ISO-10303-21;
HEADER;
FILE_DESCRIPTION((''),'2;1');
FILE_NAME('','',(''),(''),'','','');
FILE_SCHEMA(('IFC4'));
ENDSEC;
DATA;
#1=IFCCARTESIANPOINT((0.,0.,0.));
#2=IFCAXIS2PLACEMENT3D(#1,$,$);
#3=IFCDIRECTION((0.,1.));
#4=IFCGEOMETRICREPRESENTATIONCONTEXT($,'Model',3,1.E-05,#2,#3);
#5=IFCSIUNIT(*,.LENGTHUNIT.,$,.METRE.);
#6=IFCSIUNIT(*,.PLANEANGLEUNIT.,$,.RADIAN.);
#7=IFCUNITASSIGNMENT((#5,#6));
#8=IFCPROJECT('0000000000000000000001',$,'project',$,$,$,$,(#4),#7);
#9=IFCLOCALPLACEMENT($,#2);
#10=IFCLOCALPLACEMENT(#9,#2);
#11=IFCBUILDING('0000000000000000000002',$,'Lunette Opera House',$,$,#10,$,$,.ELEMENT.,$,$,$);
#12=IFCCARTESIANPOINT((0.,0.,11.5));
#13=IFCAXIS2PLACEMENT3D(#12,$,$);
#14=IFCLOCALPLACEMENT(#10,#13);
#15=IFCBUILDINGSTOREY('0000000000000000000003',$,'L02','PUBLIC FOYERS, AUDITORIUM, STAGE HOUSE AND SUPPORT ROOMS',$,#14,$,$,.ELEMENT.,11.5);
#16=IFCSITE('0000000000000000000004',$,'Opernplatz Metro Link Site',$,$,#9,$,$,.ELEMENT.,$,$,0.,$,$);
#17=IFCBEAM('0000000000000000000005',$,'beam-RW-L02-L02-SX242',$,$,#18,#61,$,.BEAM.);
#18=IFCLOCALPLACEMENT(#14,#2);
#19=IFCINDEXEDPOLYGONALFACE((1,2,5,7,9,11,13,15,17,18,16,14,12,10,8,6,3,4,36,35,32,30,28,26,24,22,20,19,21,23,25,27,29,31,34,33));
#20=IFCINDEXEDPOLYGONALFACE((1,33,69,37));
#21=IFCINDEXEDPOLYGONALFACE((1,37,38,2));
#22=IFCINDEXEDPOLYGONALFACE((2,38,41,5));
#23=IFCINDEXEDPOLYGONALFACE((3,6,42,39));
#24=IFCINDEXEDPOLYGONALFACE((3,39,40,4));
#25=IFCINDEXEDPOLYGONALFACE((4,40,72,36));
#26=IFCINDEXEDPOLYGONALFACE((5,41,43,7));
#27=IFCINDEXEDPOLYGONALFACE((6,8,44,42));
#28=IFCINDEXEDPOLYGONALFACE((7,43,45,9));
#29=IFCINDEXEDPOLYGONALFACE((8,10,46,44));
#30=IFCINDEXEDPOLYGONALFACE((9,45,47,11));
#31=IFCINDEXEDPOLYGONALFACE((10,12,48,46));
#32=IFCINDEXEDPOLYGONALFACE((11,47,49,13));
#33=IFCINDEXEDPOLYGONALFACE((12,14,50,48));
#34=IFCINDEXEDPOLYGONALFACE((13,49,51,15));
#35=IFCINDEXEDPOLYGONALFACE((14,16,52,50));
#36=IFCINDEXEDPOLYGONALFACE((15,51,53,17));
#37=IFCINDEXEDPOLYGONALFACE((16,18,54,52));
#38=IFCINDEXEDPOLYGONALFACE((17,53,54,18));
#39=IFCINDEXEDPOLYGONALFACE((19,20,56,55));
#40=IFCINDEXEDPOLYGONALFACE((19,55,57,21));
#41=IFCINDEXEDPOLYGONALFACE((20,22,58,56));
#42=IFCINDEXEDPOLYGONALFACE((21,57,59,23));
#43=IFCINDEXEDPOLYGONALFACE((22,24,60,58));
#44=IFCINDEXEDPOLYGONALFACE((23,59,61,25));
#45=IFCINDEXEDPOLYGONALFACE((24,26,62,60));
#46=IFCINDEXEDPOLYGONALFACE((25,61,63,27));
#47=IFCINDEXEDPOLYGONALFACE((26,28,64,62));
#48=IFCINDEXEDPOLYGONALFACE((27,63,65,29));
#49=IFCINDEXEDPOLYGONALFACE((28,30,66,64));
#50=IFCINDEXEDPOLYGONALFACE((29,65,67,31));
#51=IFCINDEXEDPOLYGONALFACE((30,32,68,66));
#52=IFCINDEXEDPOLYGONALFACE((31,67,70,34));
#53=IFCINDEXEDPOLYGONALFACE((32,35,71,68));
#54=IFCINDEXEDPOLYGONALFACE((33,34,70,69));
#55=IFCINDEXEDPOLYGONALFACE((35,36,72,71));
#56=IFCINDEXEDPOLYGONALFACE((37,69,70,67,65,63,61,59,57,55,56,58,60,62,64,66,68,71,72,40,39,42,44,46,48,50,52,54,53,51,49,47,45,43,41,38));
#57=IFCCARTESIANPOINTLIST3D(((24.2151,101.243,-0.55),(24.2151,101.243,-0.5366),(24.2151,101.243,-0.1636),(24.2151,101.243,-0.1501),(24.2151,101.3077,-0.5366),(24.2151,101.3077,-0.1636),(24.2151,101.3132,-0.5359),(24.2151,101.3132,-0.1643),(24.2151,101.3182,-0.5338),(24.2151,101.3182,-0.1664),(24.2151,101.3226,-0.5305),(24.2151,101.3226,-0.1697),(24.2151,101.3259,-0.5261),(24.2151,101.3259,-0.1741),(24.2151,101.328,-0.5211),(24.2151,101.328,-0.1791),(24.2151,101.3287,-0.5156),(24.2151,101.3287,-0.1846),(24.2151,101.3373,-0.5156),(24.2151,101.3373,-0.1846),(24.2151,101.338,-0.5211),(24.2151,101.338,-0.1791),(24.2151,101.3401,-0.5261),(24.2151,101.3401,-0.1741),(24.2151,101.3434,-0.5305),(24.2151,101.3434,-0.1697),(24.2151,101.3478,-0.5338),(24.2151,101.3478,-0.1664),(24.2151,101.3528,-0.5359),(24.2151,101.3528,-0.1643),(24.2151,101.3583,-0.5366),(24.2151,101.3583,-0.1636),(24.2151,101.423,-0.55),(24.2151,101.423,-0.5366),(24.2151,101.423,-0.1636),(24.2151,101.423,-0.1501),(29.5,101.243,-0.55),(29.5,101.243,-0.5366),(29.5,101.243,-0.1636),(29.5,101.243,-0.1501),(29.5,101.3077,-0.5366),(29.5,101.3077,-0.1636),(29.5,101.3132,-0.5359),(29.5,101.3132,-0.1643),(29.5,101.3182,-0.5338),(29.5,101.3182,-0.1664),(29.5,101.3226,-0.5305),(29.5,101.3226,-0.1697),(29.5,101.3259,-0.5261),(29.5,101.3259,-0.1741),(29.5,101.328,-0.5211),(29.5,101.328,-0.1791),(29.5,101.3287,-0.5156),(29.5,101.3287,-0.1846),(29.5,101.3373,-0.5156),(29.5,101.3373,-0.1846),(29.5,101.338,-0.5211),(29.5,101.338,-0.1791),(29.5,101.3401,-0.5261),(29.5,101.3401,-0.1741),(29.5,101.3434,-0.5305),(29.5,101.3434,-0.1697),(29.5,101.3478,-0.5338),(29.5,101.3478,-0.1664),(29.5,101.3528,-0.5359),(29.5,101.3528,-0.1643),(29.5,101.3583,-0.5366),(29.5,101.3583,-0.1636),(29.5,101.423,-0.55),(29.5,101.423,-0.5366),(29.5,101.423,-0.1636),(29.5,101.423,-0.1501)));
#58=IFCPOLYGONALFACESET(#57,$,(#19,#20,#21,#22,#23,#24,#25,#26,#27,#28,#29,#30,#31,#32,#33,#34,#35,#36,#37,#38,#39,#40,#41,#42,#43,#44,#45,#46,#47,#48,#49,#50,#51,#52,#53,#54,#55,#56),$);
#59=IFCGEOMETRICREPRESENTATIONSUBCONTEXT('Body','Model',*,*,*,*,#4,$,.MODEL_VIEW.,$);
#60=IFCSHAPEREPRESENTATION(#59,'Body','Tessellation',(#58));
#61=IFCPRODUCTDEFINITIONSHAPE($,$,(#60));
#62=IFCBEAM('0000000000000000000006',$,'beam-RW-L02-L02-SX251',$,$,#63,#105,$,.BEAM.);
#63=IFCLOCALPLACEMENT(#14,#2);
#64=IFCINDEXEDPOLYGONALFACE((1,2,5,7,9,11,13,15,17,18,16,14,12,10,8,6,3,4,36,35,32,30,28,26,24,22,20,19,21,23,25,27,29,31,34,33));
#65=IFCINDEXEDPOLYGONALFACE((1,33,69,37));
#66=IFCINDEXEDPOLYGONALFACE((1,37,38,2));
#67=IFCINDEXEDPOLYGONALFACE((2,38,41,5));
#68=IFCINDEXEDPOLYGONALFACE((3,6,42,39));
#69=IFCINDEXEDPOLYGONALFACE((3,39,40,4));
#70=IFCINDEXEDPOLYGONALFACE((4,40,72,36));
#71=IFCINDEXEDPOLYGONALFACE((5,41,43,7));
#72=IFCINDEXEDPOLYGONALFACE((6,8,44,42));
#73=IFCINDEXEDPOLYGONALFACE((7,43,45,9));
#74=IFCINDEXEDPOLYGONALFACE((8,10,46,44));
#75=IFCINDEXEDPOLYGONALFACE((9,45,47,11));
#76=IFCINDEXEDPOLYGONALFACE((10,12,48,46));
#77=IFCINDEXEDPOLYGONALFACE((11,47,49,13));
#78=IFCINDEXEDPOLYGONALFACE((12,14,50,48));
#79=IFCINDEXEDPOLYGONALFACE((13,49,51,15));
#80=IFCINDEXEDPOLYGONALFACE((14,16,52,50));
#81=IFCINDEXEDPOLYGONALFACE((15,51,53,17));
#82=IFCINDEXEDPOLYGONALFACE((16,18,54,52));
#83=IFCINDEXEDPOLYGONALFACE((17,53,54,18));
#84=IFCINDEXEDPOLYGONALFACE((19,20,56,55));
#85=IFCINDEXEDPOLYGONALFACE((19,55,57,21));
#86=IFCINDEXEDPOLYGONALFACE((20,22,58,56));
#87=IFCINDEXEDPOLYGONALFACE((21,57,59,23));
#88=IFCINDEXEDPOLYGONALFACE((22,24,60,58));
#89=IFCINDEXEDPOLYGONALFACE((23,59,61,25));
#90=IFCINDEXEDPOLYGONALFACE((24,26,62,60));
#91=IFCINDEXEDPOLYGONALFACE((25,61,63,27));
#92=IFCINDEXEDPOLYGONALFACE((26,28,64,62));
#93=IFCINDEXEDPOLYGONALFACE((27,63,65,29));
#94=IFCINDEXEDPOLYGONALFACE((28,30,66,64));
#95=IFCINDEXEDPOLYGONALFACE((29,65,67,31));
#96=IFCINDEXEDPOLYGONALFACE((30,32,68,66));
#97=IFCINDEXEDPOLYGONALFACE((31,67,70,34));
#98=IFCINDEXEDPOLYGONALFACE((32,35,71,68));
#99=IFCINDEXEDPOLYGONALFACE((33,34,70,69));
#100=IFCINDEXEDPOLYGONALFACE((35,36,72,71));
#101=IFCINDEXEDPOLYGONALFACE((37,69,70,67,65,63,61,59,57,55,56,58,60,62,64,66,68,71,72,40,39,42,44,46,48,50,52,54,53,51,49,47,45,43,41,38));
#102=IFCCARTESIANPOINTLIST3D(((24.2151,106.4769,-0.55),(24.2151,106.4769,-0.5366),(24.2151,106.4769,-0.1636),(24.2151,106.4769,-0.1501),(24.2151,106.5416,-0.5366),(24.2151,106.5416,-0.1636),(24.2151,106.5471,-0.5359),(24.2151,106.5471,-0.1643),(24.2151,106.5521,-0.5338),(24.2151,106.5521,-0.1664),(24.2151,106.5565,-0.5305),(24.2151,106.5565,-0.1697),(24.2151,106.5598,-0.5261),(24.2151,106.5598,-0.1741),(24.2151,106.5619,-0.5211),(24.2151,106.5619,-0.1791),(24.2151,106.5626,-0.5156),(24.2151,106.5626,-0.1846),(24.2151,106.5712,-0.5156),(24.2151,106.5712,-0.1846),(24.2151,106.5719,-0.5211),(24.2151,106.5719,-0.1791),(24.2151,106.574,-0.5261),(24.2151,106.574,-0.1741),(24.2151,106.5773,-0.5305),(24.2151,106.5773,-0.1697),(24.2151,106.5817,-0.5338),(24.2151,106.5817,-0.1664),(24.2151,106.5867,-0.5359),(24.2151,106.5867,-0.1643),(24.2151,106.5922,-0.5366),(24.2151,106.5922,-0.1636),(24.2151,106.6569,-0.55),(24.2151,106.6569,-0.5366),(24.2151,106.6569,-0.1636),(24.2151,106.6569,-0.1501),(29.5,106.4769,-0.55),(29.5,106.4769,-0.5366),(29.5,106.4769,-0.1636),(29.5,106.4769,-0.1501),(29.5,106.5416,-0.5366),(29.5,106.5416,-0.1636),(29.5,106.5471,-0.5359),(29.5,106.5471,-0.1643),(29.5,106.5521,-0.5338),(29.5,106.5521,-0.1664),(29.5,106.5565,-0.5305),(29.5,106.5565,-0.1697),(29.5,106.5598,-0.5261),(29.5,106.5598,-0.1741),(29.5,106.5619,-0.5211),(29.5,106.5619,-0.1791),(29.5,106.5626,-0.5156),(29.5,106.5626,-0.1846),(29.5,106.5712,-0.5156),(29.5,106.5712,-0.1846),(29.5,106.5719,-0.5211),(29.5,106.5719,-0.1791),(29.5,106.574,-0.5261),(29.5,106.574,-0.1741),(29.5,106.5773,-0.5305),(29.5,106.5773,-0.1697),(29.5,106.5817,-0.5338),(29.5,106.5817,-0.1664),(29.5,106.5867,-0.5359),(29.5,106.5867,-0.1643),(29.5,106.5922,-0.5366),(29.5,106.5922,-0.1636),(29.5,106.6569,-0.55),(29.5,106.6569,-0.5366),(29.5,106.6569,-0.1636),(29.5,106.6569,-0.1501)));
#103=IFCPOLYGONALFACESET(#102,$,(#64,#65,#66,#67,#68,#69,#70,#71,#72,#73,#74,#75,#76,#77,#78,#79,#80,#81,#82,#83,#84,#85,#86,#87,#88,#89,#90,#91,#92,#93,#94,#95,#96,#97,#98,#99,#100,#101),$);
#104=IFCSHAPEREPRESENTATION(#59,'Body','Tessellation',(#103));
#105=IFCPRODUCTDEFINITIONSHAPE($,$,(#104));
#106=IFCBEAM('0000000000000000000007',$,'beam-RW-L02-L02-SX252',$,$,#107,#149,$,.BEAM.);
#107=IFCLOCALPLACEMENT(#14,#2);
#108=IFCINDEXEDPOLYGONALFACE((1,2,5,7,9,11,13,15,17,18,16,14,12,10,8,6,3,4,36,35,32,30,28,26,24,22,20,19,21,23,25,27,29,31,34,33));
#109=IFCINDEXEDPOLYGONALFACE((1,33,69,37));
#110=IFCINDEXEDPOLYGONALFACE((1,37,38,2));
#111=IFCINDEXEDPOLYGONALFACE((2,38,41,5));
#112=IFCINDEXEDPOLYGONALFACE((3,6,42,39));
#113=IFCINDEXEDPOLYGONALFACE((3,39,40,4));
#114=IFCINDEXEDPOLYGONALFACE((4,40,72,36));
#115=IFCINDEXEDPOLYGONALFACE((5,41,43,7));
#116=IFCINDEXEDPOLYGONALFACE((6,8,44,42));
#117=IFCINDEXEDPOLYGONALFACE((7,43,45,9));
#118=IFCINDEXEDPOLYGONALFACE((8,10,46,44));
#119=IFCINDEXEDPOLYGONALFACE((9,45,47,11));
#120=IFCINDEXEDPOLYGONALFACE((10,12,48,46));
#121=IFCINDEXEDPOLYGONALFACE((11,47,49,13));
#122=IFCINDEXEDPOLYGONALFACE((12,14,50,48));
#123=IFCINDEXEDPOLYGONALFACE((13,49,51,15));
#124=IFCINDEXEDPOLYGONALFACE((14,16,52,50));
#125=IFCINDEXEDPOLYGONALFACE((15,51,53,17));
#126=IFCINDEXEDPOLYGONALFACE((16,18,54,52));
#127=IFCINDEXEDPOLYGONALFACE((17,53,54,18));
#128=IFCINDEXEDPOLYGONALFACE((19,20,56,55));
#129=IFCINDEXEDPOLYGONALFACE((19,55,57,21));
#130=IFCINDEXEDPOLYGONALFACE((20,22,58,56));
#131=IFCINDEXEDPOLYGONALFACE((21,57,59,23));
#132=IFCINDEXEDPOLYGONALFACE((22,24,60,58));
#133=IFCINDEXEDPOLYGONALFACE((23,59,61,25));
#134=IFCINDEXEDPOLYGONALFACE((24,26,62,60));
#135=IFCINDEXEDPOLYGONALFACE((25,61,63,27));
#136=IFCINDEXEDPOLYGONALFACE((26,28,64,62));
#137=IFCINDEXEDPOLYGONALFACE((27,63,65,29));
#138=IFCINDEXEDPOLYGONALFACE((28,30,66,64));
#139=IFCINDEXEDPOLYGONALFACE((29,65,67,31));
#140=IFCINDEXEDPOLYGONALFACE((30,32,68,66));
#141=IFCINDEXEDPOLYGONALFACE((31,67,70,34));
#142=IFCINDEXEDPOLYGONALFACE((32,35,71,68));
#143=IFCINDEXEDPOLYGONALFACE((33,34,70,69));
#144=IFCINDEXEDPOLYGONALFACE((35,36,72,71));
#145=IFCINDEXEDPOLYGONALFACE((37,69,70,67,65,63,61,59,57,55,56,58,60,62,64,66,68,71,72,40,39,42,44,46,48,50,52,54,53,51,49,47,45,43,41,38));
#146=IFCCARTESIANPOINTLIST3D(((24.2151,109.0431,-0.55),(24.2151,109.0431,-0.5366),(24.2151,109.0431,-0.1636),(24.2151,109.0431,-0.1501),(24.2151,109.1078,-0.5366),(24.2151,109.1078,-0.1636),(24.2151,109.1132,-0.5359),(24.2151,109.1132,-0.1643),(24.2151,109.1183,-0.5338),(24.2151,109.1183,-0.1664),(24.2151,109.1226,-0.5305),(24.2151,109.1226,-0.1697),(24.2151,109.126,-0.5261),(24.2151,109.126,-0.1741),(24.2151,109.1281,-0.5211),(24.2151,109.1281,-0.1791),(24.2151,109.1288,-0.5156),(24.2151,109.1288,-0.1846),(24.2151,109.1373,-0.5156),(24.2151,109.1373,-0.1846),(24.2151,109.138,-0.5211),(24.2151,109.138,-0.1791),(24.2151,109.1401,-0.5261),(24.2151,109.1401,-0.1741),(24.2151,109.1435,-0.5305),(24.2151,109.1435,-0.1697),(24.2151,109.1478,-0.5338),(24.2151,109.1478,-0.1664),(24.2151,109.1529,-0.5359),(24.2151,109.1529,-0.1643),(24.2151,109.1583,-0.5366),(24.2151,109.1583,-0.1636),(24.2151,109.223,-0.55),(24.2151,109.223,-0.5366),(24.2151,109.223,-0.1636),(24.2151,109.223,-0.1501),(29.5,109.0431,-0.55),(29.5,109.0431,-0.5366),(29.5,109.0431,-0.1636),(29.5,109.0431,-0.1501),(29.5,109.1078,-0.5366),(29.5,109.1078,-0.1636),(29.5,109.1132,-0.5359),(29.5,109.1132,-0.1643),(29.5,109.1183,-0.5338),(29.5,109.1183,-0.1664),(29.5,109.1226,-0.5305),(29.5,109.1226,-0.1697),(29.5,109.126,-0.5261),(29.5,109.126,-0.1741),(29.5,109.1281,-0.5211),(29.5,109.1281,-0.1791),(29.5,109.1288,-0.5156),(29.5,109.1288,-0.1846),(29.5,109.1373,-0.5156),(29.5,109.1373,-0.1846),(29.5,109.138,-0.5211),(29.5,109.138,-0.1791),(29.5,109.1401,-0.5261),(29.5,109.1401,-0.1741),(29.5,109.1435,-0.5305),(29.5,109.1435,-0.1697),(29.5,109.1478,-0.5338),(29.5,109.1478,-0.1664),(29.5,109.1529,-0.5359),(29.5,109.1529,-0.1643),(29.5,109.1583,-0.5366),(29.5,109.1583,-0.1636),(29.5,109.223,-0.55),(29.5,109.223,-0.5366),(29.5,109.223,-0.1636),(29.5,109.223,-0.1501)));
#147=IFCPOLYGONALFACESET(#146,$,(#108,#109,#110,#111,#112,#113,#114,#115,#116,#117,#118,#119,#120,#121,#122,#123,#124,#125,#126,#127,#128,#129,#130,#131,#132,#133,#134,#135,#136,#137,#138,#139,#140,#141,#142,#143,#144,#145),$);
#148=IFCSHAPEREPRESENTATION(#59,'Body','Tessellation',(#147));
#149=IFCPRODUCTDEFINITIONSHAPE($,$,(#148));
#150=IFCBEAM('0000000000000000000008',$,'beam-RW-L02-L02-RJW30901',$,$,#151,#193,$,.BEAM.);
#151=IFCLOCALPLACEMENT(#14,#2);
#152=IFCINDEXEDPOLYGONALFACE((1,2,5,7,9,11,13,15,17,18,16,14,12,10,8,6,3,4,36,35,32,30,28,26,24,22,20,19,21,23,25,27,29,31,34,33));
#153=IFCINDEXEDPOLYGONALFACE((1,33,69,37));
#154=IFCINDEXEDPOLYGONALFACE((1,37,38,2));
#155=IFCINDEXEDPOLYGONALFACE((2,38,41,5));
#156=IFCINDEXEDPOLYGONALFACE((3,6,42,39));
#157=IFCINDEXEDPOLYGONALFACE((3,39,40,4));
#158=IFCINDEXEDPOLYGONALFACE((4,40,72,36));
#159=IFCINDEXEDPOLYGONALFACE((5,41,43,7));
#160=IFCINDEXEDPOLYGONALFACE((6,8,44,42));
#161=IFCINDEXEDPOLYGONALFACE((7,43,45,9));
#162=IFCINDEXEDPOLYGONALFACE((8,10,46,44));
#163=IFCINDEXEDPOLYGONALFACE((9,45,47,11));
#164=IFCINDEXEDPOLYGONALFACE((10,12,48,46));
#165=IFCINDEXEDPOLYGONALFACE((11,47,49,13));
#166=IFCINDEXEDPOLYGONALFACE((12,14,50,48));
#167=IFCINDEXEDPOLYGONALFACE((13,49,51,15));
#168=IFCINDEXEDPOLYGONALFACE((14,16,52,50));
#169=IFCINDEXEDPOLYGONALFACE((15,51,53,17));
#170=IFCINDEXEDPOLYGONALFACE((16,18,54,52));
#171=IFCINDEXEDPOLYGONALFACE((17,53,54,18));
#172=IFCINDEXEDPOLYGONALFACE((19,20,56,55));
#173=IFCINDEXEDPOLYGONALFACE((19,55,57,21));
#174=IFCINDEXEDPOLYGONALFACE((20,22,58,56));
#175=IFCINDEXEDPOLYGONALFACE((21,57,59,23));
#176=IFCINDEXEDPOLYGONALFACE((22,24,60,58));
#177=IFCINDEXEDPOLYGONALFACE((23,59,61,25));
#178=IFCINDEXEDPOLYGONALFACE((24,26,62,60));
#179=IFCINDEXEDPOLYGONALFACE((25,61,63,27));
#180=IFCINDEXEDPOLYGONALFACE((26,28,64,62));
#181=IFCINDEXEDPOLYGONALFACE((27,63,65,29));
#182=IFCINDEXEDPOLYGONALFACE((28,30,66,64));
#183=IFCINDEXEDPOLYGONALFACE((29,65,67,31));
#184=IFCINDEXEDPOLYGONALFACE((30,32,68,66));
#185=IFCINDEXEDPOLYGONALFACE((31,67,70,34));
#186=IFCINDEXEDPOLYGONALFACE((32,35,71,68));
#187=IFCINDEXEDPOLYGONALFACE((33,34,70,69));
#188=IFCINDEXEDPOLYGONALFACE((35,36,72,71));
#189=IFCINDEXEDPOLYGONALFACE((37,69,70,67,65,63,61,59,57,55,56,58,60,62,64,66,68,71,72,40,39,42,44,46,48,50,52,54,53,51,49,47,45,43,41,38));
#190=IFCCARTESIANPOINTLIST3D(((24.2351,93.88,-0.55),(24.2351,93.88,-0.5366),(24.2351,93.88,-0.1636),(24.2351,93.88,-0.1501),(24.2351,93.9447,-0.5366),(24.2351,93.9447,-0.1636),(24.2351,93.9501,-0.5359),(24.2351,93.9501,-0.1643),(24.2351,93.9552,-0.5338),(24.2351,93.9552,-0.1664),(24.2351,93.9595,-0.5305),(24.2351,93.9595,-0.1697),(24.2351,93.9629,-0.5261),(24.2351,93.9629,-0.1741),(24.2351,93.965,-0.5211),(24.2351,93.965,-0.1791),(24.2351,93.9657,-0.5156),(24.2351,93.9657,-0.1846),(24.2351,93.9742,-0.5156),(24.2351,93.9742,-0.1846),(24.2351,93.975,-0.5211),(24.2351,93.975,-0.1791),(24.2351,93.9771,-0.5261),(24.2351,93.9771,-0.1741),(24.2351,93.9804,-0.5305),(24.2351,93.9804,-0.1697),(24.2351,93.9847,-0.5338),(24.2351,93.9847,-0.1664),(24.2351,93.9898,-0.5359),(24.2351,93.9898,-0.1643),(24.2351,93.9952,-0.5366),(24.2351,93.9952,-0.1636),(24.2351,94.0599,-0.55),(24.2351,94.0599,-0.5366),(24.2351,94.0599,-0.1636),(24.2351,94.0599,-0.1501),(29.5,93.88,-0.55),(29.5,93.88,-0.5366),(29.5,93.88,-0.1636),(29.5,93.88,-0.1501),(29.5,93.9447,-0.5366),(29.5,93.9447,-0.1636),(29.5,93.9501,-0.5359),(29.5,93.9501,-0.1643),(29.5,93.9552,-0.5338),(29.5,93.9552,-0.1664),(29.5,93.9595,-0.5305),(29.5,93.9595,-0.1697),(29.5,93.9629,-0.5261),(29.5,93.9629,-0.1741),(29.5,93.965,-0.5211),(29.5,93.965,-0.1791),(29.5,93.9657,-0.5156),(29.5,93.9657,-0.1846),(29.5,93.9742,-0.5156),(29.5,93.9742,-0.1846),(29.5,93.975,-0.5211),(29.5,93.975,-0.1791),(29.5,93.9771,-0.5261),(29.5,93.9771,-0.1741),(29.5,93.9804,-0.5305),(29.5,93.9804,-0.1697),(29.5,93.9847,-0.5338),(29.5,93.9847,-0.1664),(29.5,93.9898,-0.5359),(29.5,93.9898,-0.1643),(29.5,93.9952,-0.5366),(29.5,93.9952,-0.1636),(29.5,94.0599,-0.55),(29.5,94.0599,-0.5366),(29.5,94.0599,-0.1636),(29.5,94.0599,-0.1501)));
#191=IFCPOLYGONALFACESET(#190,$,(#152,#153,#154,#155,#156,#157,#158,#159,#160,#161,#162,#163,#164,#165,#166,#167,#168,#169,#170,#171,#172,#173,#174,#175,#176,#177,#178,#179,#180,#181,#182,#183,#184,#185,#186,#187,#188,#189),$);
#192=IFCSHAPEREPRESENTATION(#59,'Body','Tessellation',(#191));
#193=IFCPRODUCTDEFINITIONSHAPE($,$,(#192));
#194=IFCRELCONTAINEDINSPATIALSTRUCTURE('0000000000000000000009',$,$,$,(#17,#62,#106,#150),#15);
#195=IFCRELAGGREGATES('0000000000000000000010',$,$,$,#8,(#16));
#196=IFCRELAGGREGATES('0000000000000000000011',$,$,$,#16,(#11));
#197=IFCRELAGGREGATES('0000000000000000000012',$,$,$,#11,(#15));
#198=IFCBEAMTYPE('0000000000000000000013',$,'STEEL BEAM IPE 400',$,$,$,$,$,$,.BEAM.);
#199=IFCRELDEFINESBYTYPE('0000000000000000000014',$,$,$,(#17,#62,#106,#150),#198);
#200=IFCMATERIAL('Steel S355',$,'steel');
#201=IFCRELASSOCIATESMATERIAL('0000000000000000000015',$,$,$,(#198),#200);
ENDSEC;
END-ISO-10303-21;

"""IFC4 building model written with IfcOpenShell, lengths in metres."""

from ifc_helpers import new_model, si_unit, direction, frame, origin, origin_2d, place, context, subcontext, project, spatial, i_section, extrude, material, material_profile, profile_set, type_object, element, save


model = new_model("IFC4")

# Units and contexts
model_context = context("Model", 3, precision=1e-05, world=origin(), true_north=direction((0.0, 1.0)))
body_context = subcontext(model_context, "Body", "Model", "MODEL_VIEW")
ifc_project = project(units=[si_unit("LENGTHUNIT", "METRE"), si_unit("PLANEANGLEUNIT", "RADIAN")], contexts=[model_context])

# Site, building, storey
site_placement = place(None, origin())
site = spatial("IfcSite", under=ifc_project, at=site_placement, Name="Opernplatz Metro Link Site", CompositionType="ELEMENT", RefElevation=0.0)
building_placement = place(site_placement, origin())
building = spatial("IfcBuilding", under=site, at=building_placement, Name="Lunette Opera House", CompositionType="ELEMENT")
storey_placement = place(building_placement, frame((0.0, 0.0, 11.5)))
storey = spatial("IfcBuildingStorey", under=building, at=storey_placement, Name="L02", Description="PUBLIC FOYERS, AUDITORIUM, STAGE HOUSE AND SUPPORT ROOMS", CompositionType="ELEMENT", Elevation=11.5)

# Beams
ifc_material_1 = material(Name="Steel S355", Category="steel")
ifc_material_profile_1 = material_profile(ifc_material_1, i_section(OverallWidth=0.1799, OverallDepth=0.3999, WebThickness=0.0085, FlangeThickness=0.0134, FilletRadius=0.021, at=origin_2d()), Name="IPE 400")
ifc_profile_set_1 = profile_set([ifc_material_profile_1], Name="Steel S355")
beam_type_1 = type_object("IfcBeamType", Name="STEEL BEAM IPE 400", PredefinedType="BEAM", material=ifc_profile_set_1)
for number, where, z_axis, x_axis, name in (
    (1, (24.2151, 101.333, -0.3501), (1.0, 0.0, 0.0), (0.0, 1.0, 0.0), "beam-RW-L02-L02-SX242"),
    (2, (24.2151, 106.5669, -0.3501), (1.0, 0.0, 0.0), (0.0, 1.0, 0.0), "beam-RW-L02-L02-SX251"),
    (3, (24.2151, 109.1331, -0.3501), (1.0, 0.0, 0.0), (0.0, 1.0, 0.0), "beam-RW-L02-L02-SX252"),
):
    element("IfcBeam", number, at=place(storey_placement, frame(where, z_axis=z_axis, x_axis=x_axis)), inside=storey, type_object=beam_type_1, Name=name, PredefinedType="BEAM", context=body_context, shape_type="SweptSolid", body=[
        extrude(i_section(OverallWidth=0.1799, OverallDepth=0.3999, WebThickness=0.0085, FlangeThickness=0.0134, FilletRadius=0.021, at=origin_2d()), origin(), (0.0, 0.0, 1.0), 5.2849),
    ])
for number, where, z_axis, x_axis, name in (
    (4, (29.5, 93.97, -0.3501), (-1.0, 0.0, 0.0), (0.0, -1.0, 0.0), "beam-RW-L02-L02-RJW30901"),
):
    element("IfcBeam", number, at=place(storey_placement, frame(where, z_axis=z_axis, x_axis=x_axis)), inside=storey, type_object=beam_type_1, Name=name, PredefinedType="BEAM", context=body_context, shape_type="SweptSolid", body=[
        extrude(i_section(OverallWidth=0.1799, OverallDepth=0.3999, WebThickness=0.0085, FlangeThickness=0.0134, FilletRadius=0.021, at=origin_2d()), origin(), (0.0, 0.0, 1.0), 5.2649),
    ])

save(model, "model.ifc")
